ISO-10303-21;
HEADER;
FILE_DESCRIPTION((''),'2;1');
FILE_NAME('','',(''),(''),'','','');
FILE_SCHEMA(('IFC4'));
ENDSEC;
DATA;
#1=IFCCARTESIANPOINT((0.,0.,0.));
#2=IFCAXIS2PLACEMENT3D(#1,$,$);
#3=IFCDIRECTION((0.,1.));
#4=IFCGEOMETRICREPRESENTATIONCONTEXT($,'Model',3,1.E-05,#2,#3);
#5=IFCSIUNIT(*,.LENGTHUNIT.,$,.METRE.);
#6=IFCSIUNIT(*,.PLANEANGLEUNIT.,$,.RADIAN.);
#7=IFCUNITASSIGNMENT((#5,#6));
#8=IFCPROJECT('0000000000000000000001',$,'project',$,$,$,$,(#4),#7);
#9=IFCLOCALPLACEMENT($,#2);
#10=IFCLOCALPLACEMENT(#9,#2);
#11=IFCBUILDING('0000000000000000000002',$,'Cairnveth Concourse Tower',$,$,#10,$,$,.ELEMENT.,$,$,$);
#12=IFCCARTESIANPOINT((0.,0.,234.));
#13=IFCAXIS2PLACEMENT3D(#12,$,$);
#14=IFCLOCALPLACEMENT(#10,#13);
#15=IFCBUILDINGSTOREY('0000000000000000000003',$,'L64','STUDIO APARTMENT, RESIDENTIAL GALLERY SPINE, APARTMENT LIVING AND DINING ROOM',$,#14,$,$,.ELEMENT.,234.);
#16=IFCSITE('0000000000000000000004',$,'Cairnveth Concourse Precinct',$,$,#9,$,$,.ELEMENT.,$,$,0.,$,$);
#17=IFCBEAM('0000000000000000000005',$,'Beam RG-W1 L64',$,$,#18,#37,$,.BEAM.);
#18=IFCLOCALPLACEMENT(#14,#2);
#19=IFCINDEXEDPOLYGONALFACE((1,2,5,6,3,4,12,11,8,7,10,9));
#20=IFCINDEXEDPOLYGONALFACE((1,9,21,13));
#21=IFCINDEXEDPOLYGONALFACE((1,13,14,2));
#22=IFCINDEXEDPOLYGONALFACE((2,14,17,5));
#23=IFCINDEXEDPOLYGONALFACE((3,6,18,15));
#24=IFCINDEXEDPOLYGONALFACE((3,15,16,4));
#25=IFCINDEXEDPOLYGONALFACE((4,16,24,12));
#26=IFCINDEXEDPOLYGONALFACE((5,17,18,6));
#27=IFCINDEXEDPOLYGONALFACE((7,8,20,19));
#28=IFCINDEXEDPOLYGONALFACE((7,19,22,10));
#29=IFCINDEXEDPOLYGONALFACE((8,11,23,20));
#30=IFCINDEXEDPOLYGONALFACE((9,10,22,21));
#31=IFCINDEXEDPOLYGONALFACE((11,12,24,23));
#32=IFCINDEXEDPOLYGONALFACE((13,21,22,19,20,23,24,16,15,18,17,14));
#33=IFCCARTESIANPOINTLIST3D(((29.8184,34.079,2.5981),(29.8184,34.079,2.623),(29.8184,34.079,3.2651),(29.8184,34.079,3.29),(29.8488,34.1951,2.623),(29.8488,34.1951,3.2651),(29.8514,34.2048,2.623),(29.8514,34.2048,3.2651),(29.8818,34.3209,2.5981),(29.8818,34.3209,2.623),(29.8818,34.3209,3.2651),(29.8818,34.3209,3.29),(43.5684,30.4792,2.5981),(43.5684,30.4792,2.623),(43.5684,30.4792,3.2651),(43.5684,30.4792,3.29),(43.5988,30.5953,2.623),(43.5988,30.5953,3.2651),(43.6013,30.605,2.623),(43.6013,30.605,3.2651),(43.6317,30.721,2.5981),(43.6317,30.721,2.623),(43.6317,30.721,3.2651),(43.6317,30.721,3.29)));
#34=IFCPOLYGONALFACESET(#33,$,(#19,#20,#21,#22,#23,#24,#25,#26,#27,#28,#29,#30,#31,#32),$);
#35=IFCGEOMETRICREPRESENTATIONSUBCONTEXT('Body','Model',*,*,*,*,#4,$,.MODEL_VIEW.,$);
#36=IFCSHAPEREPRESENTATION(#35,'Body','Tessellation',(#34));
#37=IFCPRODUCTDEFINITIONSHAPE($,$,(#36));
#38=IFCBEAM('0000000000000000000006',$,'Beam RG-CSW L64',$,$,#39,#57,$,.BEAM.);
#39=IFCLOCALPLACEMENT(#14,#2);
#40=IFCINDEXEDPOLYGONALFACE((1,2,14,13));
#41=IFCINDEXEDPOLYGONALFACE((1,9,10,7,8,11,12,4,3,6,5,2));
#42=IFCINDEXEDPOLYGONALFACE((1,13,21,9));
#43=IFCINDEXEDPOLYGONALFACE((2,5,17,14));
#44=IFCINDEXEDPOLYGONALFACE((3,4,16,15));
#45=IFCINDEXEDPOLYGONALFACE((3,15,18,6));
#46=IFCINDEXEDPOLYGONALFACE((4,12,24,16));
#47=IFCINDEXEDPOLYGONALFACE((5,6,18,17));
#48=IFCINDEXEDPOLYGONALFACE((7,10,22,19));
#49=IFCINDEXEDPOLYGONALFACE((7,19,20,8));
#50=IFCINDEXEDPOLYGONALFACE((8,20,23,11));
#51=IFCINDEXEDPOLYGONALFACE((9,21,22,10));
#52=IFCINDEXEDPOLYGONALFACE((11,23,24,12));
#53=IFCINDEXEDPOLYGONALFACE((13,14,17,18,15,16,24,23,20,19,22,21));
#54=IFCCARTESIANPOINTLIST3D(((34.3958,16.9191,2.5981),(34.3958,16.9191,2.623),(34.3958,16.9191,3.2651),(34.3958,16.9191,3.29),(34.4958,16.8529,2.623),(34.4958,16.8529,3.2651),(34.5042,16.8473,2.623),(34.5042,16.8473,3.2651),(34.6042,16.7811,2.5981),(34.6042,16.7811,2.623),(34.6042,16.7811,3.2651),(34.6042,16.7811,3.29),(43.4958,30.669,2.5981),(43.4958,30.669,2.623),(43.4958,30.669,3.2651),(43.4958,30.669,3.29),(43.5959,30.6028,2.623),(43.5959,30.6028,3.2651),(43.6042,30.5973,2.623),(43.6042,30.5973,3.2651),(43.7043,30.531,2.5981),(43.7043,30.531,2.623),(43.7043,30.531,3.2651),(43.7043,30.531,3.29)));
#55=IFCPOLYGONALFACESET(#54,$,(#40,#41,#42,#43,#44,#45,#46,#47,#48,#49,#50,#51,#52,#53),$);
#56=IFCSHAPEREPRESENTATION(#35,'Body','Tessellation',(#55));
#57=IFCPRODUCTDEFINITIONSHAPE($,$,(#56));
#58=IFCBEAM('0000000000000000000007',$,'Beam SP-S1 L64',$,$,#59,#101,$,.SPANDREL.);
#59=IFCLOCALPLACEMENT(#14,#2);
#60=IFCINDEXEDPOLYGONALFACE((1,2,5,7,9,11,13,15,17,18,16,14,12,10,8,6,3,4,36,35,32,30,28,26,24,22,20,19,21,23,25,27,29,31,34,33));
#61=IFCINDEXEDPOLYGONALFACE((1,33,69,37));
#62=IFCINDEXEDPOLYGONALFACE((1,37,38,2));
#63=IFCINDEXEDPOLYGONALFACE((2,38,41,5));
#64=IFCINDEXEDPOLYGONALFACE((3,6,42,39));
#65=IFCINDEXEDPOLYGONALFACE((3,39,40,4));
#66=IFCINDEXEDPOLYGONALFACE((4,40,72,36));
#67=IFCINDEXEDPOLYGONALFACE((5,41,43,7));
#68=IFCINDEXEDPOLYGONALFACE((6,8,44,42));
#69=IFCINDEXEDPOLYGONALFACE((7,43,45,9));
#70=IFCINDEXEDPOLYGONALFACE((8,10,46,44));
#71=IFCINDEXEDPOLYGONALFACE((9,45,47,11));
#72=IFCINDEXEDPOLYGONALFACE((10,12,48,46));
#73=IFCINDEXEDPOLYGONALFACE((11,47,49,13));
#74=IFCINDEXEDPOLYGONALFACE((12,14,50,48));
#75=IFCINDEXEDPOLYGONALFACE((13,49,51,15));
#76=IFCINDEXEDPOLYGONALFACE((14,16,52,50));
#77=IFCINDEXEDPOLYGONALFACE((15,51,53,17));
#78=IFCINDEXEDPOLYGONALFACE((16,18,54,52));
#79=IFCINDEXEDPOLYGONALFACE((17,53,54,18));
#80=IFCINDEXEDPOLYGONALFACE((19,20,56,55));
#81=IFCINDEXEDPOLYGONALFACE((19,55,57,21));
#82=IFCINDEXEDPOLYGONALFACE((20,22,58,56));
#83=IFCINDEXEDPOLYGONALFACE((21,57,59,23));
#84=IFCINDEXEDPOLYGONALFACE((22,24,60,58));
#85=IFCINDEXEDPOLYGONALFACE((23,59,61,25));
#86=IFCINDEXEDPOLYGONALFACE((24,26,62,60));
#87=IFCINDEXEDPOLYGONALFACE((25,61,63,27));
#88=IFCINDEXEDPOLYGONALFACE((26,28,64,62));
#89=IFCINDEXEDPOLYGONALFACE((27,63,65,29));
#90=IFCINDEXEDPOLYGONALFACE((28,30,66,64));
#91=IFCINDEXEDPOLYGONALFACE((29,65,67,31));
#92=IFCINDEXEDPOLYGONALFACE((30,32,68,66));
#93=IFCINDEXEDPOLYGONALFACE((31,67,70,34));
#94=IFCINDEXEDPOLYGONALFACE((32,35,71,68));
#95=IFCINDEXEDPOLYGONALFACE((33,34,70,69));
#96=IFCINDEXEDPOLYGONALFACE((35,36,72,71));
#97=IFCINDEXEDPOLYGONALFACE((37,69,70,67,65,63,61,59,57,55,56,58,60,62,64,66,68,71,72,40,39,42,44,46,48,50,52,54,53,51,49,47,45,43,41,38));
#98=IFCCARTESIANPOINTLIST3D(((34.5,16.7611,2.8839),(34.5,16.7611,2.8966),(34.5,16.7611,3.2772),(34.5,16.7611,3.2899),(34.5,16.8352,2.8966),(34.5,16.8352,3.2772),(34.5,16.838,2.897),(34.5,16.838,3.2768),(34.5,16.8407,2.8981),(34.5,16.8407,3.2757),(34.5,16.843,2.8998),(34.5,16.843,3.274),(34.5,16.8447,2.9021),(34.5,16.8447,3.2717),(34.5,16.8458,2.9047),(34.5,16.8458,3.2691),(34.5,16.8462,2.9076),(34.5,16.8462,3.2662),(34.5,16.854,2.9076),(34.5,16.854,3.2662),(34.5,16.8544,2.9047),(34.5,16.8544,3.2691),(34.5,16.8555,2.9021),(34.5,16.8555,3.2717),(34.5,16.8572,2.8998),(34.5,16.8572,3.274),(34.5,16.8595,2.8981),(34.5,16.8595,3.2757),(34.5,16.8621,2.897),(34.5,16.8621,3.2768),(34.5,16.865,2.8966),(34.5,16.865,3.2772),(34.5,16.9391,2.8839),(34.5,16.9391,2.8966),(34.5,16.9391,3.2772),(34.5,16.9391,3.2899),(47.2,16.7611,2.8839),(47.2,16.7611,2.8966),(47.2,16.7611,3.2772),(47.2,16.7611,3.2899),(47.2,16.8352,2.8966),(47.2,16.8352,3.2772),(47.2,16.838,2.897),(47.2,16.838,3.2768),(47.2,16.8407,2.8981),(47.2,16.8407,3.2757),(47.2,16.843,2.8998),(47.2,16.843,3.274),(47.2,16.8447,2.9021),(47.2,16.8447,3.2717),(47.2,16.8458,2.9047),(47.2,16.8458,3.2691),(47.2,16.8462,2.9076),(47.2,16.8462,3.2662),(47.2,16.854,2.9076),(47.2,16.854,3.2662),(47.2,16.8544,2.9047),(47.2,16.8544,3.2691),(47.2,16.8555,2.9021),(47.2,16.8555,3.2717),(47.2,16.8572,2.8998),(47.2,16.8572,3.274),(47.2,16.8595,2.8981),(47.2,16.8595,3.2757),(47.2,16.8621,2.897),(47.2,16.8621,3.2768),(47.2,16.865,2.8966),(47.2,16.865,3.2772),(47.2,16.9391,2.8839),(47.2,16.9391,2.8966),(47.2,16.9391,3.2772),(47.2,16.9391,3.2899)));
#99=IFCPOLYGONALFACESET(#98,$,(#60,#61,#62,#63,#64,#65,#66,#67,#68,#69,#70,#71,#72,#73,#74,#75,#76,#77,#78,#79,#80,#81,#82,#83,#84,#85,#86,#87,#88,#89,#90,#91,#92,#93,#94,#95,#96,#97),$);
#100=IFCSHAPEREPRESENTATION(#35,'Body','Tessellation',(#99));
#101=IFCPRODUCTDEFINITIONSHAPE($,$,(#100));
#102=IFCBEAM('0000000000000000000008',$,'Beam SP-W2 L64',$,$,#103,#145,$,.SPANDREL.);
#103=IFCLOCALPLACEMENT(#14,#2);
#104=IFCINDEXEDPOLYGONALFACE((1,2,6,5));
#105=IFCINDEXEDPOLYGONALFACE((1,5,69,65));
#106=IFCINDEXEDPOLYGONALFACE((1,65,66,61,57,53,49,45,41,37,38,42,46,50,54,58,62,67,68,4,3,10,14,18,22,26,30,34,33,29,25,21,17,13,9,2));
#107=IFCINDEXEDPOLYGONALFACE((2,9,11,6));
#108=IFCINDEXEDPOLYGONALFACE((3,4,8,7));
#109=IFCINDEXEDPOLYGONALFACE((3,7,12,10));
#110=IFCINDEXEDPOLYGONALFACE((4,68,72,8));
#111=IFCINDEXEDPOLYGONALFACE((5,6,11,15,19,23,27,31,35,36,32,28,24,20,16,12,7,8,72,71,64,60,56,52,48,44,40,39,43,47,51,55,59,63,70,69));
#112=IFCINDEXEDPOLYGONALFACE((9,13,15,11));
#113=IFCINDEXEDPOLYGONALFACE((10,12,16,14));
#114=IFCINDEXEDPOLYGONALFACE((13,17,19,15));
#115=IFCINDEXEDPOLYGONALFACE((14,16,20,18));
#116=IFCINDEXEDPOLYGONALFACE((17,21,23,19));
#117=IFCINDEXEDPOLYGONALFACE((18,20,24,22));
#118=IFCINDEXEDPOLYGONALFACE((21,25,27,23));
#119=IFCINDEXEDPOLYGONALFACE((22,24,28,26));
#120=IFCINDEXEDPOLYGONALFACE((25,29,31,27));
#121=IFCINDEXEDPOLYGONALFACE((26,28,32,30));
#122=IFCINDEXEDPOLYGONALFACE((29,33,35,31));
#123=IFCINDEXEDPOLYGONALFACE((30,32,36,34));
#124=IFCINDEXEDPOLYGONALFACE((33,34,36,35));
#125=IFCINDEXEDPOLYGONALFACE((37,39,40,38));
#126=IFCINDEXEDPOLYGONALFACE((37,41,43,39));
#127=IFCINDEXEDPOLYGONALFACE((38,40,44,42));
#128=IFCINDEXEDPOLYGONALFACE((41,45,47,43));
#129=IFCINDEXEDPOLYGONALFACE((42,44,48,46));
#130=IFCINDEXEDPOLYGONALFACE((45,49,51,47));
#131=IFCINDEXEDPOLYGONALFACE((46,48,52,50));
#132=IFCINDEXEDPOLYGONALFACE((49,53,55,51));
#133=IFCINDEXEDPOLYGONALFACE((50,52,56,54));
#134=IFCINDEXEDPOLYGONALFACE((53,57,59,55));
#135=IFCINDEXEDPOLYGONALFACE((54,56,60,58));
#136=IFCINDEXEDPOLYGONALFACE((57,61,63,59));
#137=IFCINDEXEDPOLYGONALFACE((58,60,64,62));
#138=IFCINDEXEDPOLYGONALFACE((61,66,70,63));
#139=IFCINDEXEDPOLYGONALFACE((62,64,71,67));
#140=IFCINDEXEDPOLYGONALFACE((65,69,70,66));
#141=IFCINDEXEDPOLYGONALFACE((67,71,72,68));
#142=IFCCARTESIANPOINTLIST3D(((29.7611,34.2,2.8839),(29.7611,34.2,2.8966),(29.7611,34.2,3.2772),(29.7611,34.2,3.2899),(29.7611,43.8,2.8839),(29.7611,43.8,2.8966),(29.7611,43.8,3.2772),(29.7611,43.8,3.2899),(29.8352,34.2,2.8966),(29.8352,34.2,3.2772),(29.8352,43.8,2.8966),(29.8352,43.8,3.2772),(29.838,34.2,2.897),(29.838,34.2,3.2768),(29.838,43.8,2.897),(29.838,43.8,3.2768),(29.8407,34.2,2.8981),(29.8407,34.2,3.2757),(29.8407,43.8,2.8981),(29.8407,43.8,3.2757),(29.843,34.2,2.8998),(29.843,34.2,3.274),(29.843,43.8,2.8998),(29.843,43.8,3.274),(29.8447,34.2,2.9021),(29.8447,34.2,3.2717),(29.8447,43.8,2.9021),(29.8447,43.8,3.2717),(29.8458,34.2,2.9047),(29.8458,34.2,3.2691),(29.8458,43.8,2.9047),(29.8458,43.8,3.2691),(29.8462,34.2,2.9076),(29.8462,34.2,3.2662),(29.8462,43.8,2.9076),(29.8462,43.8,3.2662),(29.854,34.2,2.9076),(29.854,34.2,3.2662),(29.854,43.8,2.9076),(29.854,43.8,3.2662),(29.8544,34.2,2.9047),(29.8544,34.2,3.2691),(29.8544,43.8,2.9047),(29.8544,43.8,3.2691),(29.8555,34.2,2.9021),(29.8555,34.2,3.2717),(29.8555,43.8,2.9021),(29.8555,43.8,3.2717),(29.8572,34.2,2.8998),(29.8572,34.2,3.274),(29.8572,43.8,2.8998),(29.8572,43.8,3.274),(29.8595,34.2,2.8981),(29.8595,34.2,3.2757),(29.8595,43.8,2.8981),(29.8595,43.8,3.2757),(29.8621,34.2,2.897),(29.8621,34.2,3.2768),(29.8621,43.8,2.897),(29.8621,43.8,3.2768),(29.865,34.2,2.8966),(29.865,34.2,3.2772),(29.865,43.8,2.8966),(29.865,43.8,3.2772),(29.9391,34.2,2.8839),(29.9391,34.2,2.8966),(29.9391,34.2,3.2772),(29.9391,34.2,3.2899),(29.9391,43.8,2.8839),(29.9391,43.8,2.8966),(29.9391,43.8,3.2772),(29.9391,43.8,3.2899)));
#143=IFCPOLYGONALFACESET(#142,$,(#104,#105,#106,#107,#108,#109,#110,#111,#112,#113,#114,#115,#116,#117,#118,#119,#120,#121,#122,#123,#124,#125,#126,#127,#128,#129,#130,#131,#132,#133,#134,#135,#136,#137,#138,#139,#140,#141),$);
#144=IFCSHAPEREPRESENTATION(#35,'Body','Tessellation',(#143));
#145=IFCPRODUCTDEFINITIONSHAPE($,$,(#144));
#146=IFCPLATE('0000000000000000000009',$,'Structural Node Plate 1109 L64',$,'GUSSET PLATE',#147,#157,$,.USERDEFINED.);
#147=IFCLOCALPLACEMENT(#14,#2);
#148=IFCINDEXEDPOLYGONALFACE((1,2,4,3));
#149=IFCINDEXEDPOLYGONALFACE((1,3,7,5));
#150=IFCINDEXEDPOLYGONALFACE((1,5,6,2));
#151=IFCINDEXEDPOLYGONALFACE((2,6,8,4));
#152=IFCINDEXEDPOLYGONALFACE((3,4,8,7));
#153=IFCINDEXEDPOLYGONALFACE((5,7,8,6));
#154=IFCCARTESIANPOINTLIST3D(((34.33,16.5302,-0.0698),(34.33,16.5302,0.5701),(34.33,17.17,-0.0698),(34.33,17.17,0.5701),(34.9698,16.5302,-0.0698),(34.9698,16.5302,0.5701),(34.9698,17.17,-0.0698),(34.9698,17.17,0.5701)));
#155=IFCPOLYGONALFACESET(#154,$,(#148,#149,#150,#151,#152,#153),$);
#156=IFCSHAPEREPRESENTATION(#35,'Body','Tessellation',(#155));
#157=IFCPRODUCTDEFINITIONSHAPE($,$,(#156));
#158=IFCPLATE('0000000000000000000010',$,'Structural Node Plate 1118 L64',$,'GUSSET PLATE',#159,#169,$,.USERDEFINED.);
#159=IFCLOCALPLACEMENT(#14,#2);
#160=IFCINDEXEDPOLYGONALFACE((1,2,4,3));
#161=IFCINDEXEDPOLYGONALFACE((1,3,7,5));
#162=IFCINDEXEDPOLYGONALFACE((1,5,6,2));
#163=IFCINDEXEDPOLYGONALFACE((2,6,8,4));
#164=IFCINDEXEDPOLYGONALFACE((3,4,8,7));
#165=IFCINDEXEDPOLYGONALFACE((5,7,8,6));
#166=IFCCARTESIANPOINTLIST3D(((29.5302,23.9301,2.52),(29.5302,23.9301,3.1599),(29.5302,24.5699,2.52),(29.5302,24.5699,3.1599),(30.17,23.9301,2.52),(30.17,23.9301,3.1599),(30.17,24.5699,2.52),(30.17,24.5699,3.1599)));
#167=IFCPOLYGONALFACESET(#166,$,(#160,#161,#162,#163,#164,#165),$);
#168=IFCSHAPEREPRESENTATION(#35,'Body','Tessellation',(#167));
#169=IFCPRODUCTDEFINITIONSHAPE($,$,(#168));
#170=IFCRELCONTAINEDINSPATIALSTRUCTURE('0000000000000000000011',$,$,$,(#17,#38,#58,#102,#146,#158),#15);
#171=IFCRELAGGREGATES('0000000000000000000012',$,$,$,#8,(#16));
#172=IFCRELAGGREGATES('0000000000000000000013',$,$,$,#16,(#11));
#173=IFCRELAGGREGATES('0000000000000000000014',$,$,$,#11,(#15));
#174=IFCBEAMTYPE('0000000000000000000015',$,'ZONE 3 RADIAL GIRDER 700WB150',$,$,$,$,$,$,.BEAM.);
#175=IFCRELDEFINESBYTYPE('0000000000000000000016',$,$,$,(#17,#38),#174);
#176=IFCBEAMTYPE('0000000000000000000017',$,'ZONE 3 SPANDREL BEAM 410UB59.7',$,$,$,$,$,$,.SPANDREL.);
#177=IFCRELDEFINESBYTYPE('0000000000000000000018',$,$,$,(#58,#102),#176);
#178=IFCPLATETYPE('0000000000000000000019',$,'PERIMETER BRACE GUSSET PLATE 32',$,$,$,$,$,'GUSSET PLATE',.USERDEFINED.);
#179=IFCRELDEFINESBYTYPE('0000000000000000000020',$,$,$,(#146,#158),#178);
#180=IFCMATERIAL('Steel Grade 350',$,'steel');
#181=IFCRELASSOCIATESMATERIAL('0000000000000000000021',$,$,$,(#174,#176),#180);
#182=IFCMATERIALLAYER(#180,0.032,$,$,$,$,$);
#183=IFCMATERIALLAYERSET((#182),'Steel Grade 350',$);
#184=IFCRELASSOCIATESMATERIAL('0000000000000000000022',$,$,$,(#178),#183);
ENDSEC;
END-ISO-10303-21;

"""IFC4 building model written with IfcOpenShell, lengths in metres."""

from ifc_helpers import new_model, si_unit, direction, frame, origin, origin_2d, place, context, subcontext, project, spatial, rectangle, i_section, extrude, material, layer, layer_set, material_profile, profile_set, type_object, element, save


model = new_model("IFC4")

# Units and contexts
model_context = context("Model", 3, precision=1e-05, world=origin(), true_north=direction((0.0, 1.0)))
body_context = subcontext(model_context, "Body", "Model", "MODEL_VIEW")
ifc_project = project(units=[si_unit("LENGTHUNIT", "METRE"), si_unit("PLANEANGLEUNIT", "RADIAN")], contexts=[model_context])

# Site, building, storey
site_placement = place(None, origin())
site = spatial("IfcSite", under=ifc_project, at=site_placement, Name="Cairnveth Concourse Precinct", CompositionType="ELEMENT", RefElevation=0.0)
building_placement = place(site_placement, origin())
building = spatial("IfcBuilding", under=site, at=building_placement, Name="Cairnveth Concourse Tower", CompositionType="ELEMENT")
storey_placement = place(building_placement, frame((0.0, 0.0, 234.0)))
storey = spatial("IfcBuildingStorey", under=building, at=storey_placement, Name="L64", Description="STUDIO APARTMENT, RESIDENTIAL GALLERY SPINE, APARTMENT LIVING AND DINING ROOM", CompositionType="ELEMENT", Elevation=234.0)

# Shared definitions
ifc_material_1 = material(Name="Steel Grade 350", Category="steel")

# Beams
ifc_material_profile_1 = material_profile(ifc_material_1, i_section(OverallWidth=0.25, OverallDepth=0.6919, WebThickness=0.01, FlangeThickness=0.0249, at=origin_2d()), Name="700WB150")
ifc_profile_set_1 = profile_set([ifc_material_profile_1], Name="Steel Grade 350")
beam_type_1 = type_object("IfcBeamType", Name="ZONE 3 RADIAL GIRDER 700WB150", PredefinedType="BEAM", material=ifc_profile_set_1)
beam_1_placement = place(storey_placement, frame((29.8501, 34.2, 2.9441), z_axis=(0.967395, -0.253271, 0.0), x_axis=(0.253271, 0.967395, 0.0)))
element("IfcBeam", 1, at=beam_1_placement, inside=storey, type_object=beam_type_1, Name="Beam RG-W1 L64", PredefinedType="BEAM", context=body_context, shape_type="SweptSolid", body=[
    extrude(i_section(OverallWidth=0.25, OverallDepth=0.6919, WebThickness=0.01, FlangeThickness=0.0249, at=origin_2d()), origin(), (0.0, 0.0, 1.0), 14.2134),
])
beam_2_placement = place(storey_placement, frame((34.5, 16.8501, 2.9441), z_axis=(0.551902, 0.833909, 0.0), x_axis=(-0.833909, 0.551902, 0.0)))
element("IfcBeam", 2, at=beam_2_placement, inside=storey, type_object=beam_type_1, Name="Beam RG-CSW L64", PredefinedType="BEAM", context=body_context, shape_type="SweptSolid", body=[
    extrude(i_section(OverallWidth=0.25, OverallDepth=0.6919, WebThickness=0.01, FlangeThickness=0.0249, at=origin_2d()), origin(), (0.0, 0.0, 1.0), 16.4885),
])
ifc_material_profile_2 = material_profile(ifc_material_1, i_section(OverallWidth=0.178, OverallDepth=0.406, WebThickness=0.0078, FlangeThickness=0.0127, FilletRadius=0.011, at=origin_2d()), Name="410UB59.7")
ifc_profile_set_2 = profile_set([ifc_material_profile_2], Name="Steel Grade 350")
beam_type_2 = type_object("IfcBeamType", Name="ZONE 3 SPANDREL BEAM 410UB59.7", PredefinedType="SPANDREL", material=ifc_profile_set_2)
beam_3_placement = place(storey_placement, frame((34.5, 16.8501, 3.0869), z_axis=(1.0, 0.0, 0.0), x_axis=(0.0, 1.0, 0.0)))
element("IfcBeam", 3, at=beam_3_placement, inside=storey, type_object=beam_type_2, Name="Beam SP-S1 L64", PredefinedType="SPANDREL", context=body_context, shape_type="SweptSolid", body=[
    extrude(i_section(OverallWidth=0.178, OverallDepth=0.406, WebThickness=0.0078, FlangeThickness=0.0127, FilletRadius=0.011, at=origin_2d()), origin(), (0.0, 0.0, 1.0), 12.7),
])
beam_4_placement = place(storey_placement, frame((29.8501, 34.2, 3.0869), z_axis=(0.0, 1.0, 0.0), x_axis=(-1.0, 0.0, 0.0)))
element("IfcBeam", 4, at=beam_4_placement, inside=storey, type_object=beam_type_2, Name="Beam SP-W2 L64", PredefinedType="SPANDREL", context=body_context, shape_type="SweptSolid", body=[
    extrude(i_section(OverallWidth=0.178, OverallDepth=0.406, WebThickness=0.0078, FlangeThickness=0.0127, FilletRadius=0.011, at=origin_2d()), origin(), (0.0, 0.0, 1.0), 9.6001),
])

# Plates
ifc_layer_1 = layer(ifc_material_1, 0.032)
ifc_layer_set_1 = layer_set([ifc_layer_1], Name="Steel Grade 350")
plate_type = type_object("IfcPlateType", Name="PERIMETER BRACE GUSSET PLATE 32", ElementType="GUSSET PLATE", PredefinedType="USERDEFINED", material=ifc_layer_set_1)
for number, where, z_axis, x_axis, name in (
    (5, (34.6499, 16.8501, -0.0698), (0.0, 0.0, 1.0), (1.0, 0.0, 0.0), "Structural Node Plate 1109 L64"),
    (6, (29.8501, 24.25, 2.52), (0.0, 0.0, 1.0), (1.0, 0.0, 0.0), "Structural Node Plate 1118 L64"),
):
    element("IfcPlate", number, at=place(storey_placement, frame(where, z_axis=z_axis, x_axis=x_axis)), inside=storey, type_object=plate_type, Name=name, ObjectType="GUSSET PLATE", PredefinedType="USERDEFINED", context=body_context, shape_type="SweptSolid", body=[
        extrude(rectangle(XDim=0.6399, YDim=0.6399, at=origin_2d()), origin(), (0.0, 0.0, 1.0), 0.6399),
    ])

save(model, "model.ifc")
